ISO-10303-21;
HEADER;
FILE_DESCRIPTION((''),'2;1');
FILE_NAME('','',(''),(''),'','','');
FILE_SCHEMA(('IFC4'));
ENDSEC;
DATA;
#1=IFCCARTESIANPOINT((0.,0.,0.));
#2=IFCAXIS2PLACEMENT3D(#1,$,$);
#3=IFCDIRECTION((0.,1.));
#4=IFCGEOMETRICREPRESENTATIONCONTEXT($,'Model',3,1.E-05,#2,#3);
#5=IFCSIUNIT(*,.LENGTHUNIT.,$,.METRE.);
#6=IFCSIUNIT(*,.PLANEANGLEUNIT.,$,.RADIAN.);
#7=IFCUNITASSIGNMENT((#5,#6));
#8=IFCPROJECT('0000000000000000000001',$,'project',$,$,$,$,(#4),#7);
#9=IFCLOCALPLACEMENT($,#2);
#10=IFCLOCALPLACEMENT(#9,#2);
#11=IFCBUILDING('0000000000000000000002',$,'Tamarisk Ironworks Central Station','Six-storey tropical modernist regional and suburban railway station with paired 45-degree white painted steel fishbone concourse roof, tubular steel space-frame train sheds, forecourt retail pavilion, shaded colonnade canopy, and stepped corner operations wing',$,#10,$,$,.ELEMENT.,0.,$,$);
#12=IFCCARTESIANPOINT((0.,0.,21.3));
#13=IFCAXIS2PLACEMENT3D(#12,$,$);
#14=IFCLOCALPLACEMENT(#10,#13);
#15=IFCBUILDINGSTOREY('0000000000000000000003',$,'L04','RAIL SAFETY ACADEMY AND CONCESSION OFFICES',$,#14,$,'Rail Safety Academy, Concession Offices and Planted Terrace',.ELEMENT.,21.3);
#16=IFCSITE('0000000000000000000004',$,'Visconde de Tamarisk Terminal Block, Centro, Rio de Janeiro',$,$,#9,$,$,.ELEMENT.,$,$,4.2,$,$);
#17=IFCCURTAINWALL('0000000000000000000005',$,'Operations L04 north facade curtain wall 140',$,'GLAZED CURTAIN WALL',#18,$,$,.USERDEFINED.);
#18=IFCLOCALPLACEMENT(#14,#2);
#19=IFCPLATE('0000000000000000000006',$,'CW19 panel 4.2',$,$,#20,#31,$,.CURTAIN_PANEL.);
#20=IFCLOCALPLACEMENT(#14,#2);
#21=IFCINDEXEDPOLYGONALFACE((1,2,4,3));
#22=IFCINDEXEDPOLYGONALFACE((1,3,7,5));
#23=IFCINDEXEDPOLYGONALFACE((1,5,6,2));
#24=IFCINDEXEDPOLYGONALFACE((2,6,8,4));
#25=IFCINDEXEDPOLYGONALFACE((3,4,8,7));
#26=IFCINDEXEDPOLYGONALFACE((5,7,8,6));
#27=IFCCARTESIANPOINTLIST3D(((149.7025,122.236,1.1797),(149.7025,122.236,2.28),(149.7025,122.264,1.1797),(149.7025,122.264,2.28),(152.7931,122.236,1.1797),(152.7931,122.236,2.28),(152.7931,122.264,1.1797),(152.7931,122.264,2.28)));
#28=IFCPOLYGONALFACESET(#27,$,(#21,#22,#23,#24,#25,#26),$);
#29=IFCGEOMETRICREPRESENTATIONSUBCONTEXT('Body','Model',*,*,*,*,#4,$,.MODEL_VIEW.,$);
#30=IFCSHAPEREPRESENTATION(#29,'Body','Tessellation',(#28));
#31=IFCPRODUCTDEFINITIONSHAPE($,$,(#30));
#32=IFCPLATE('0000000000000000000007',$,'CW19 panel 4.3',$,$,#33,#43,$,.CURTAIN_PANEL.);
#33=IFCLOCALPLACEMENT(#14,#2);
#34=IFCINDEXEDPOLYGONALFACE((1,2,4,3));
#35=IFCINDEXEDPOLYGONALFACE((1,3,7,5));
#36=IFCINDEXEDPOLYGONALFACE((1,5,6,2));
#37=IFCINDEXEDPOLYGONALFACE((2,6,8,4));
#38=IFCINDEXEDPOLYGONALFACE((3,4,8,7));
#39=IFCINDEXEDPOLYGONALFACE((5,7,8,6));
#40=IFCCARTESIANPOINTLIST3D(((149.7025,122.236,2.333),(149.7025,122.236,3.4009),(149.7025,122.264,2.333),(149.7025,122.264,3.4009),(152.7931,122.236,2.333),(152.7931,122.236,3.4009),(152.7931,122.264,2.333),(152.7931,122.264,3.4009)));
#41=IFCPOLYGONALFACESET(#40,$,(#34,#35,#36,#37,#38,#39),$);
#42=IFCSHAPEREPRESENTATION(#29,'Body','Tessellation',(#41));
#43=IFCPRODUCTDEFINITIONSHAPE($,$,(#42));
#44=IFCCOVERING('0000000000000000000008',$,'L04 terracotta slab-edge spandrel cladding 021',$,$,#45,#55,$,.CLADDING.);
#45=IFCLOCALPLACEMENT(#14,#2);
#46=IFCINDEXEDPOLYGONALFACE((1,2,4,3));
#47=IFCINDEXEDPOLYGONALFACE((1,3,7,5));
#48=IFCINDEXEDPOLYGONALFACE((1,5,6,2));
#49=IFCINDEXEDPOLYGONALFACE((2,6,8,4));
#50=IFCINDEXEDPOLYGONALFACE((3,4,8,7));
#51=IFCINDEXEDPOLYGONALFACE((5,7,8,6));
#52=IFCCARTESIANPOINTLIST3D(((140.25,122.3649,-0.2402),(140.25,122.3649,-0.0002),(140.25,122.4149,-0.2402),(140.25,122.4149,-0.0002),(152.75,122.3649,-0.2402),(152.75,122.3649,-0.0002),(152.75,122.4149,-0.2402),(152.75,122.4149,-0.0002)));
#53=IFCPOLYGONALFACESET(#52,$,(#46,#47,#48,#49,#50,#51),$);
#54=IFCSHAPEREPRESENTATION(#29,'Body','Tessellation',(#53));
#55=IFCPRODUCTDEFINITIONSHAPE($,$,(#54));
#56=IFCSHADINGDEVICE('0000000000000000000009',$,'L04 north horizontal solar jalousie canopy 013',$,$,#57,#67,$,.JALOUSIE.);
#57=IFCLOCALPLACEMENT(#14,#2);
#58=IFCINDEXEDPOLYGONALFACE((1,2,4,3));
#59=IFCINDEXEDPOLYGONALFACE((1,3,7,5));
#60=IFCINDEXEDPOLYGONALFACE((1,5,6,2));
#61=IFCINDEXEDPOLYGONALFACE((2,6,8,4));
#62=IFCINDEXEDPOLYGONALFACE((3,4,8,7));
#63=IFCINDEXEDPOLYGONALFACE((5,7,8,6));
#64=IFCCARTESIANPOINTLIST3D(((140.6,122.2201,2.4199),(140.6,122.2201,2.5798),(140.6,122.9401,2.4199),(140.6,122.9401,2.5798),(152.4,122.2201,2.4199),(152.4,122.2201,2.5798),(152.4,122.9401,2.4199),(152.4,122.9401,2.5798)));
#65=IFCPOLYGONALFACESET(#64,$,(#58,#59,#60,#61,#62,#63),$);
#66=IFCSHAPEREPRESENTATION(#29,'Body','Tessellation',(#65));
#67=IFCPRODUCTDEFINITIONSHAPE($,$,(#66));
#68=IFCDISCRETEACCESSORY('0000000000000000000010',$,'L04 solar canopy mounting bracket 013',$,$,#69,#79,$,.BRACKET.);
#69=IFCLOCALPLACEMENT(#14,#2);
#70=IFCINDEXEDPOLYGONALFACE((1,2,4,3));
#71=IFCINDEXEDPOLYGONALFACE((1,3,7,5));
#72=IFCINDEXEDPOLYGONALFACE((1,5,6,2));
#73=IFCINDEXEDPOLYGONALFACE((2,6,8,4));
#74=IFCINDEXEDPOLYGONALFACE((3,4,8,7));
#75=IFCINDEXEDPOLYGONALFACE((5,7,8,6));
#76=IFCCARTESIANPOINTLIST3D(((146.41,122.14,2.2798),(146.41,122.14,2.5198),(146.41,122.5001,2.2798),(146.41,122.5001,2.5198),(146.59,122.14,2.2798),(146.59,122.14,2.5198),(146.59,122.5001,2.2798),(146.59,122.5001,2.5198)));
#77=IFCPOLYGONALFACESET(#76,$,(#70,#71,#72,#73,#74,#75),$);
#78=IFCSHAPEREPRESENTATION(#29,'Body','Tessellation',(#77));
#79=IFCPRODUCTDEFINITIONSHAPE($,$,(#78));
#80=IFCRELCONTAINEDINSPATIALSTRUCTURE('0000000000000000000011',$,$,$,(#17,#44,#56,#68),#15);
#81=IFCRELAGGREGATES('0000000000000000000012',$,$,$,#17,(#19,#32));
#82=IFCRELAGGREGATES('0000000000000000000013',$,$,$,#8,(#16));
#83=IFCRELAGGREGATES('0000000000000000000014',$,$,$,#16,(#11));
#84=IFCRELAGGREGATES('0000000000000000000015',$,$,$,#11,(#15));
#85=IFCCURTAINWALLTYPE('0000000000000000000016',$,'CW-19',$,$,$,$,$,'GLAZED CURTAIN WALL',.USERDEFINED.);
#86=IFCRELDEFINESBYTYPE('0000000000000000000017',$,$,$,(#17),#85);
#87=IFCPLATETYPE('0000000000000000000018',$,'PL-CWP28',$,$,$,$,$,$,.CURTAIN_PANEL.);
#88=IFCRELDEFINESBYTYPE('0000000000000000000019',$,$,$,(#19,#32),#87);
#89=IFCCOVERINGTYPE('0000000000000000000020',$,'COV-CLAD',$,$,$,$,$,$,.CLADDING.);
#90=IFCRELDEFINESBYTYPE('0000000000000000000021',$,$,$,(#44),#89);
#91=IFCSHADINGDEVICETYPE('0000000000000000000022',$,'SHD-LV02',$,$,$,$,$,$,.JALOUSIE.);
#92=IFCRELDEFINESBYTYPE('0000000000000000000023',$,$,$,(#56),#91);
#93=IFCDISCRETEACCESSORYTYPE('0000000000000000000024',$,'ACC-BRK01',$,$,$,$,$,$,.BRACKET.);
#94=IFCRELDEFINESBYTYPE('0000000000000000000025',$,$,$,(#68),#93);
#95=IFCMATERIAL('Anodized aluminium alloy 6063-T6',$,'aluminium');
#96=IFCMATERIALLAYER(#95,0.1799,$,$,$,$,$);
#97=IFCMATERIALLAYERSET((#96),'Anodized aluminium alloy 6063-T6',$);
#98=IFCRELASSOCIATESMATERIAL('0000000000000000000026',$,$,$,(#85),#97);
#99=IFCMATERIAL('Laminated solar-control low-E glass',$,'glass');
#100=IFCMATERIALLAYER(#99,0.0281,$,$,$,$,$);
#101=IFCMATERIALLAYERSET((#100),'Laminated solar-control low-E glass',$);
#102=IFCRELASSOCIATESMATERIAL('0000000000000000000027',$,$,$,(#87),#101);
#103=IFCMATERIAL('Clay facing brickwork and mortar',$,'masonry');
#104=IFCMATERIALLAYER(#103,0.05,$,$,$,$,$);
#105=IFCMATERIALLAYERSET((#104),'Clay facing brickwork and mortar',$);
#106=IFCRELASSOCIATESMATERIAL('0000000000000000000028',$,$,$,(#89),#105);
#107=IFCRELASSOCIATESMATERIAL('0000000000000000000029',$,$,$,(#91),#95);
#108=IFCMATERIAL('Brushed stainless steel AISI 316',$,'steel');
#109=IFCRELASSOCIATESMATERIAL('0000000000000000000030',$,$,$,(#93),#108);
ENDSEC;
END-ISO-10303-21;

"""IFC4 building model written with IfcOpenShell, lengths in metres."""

from ifc_helpers import new_model, si_unit, direction, frame, origin, origin_2d, place, context, subcontext, project, spatial, rectangle, extrude, material, layer, layer_set, type_object, element, aggregate, save


model = new_model("IFC4")

# Units and contexts
model_context = context("Model", 3, precision=1e-05, world=origin(), true_north=direction((0.0, 1.0)))
body_context = subcontext(model_context, "Body", "Model", "MODEL_VIEW")
ifc_project = project(units=[si_unit("LENGTHUNIT", "METRE"), si_unit("PLANEANGLEUNIT", "RADIAN")], contexts=[model_context])

# Site, building, storey
site_placement = place(None, origin())
site = spatial("IfcSite", under=ifc_project, at=site_placement, Name="Visconde de Tamarisk Terminal Block, Centro, Rio de Janeiro", CompositionType="ELEMENT", RefElevation=4.2)
building_placement = place(site_placement, origin())
building = spatial("IfcBuilding", under=site, at=building_placement, Name="Tamarisk Ironworks Central Station", Description="Six-storey tropical modernist regional and suburban railway station with paired 45-degree white painted steel fishbone concourse roof, tubular steel space-frame train sheds, forecourt retail pavilion, shaded colonnade canopy, and stepped corner operations wing", CompositionType="ELEMENT", ElevationOfRefHeight=0.0)
storey_placement = place(building_placement, frame((0.0, 0.0, 21.3)))
storey = spatial("IfcBuildingStorey", under=building, at=storey_placement, Name="L04", Description="RAIL SAFETY ACADEMY AND CONCESSION OFFICES", LongName="Rail Safety Academy, Concession Offices and Planted Terrace", CompositionType="ELEMENT", Elevation=21.3)

# Curtain wall, plates
ifc_material_1 = material(Name="Anodized aluminium alloy 6063-T6", Category="aluminium")
ifc_layer_1 = layer(ifc_material_1, 0.1799)
ifc_layer_set_1 = layer_set([ifc_layer_1], Name="Anodized aluminium alloy 6063-T6")
curtain_wall_type = type_object("IfcCurtainWallType", Name="CW-19", ElementType="GLAZED CURTAIN WALL", PredefinedType="USERDEFINED", material=ifc_layer_set_1)
curtain_wall_placement = place(storey_placement, origin())
curtain_wall = element("IfcCurtainWall", 1, at=curtain_wall_placement, inside=storey, type_object=curtain_wall_type, Name="Operations L04 north facade curtain wall 140", ObjectType="GLAZED CURTAIN WALL", PredefinedType="USERDEFINED")
ifc_material_2 = material(Name="Laminated solar-control low-E glass", Category="glass")
ifc_layer_2 = layer(ifc_material_2, 0.0281)
ifc_layer_set_2 = layer_set([ifc_layer_2], Name="Laminated solar-control low-E glass")
plate_type = type_object("IfcPlateType", Name="PL-CWP28", PredefinedType="CURTAIN_PANEL", material=ifc_layer_set_2)
plate_1_placement = place(storey_placement, frame((151.2478, 122.25, 1.1797), z_axis=(0.0, 0.0, 1.0), x_axis=(1.0, 0.0, 0.0)))
plate_1 = element("IfcPlate", 2, at=plate_1_placement, type_object=plate_type, Name="CW19 panel 4.2", PredefinedType="CURTAIN_PANEL", context=body_context, shape_type="SweptSolid", body=[
    extrude(rectangle(XDim=3.0906, YDim=0.0281, at=origin_2d()), origin(), (0.0, 0.0, 1.0), 1.1003),
])
plate_2_placement = place(storey_placement, frame((151.2478, 122.25, 2.333), z_axis=(0.0, 0.0, 1.0), x_axis=(1.0, 0.0, 0.0)))
plate_2 = element("IfcPlate", 3, at=plate_2_placement, type_object=plate_type, Name="CW19 panel 4.3", PredefinedType="CURTAIN_PANEL", context=body_context, shape_type="SweptSolid", body=[
    extrude(rectangle(XDim=3.0906, YDim=0.0281, at=origin_2d()), origin(), (0.0, 0.0, 1.0), 1.0679),
])
aggregate(curtain_wall, [plate_1, plate_2])

# Covering
ifc_material_3 = material(Name="Clay facing brickwork and mortar", Category="masonry")
ifc_layer_3 = layer(ifc_material_3, 0.05)
ifc_layer_set_3 = layer_set([ifc_layer_3], Name="Clay facing brickwork and mortar")
covering_type = type_object("IfcCoveringType", Name="COV-CLAD", PredefinedType="CLADDING", material=ifc_layer_set_3)
covering_placement = place(storey_placement, frame((146.5, 122.3899, -0.2402), z_axis=(0.0, 0.0, 1.0), x_axis=(1.0, 0.0, 0.0)))
element("IfcCovering", 4, at=covering_placement, inside=storey, type_object=covering_type, Name="L04 terracotta slab-edge spandrel cladding 021", PredefinedType="CLADDING", context=body_context, shape_type="SweptSolid", body=[
    extrude(rectangle(XDim=12.5, YDim=0.05, at=origin_2d()), origin(), (0.0, 0.0, 1.0), 0.24),
])

# Shading device
shading_device_type = type_object("IfcShadingDeviceType", Name="SHD-LV02", PredefinedType="JALOUSIE", material=ifc_material_1)
shading_device_placement = place(storey_placement, frame((146.5, 122.5801, 2.4199), z_axis=(0.0, 0.0, 1.0), x_axis=(1.0, 0.0, 0.0)))
element("IfcShadingDevice", 5, at=shading_device_placement, inside=storey, type_object=shading_device_type, Name="L04 north horizontal solar jalousie canopy 013", PredefinedType="JALOUSIE", context=body_context, shape_type="SweptSolid", body=[
    extrude(rectangle(XDim=11.8, YDim=0.72, at=origin_2d()), origin(), (0.0, 0.0, 1.0), 0.1599),
])

# Discrete accessory
ifc_material_4 = material(Name="Brushed stainless steel AISI 316", Category="steel")
discrete_accessory_type = type_object("IfcDiscreteAccessoryType", Name="ACC-BRK01", PredefinedType="BRACKET", material=ifc_material_4)
discrete_accessory_placement = place(storey_placement, frame((146.5, 122.3201, 2.2798), z_axis=(0.0, 0.0, 1.0), x_axis=(1.0, 0.0, 0.0)))
element("IfcDiscreteAccessory", 6, at=discrete_accessory_placement, inside=storey, type_object=discrete_accessory_type, Name="L04 solar canopy mounting bracket 013", PredefinedType="BRACKET", context=body_context, shape_type="SweptSolid", body=[
    extrude(rectangle(XDim=0.1799, YDim=0.3601, at=origin_2d()), origin(), (0.0, 0.0, 1.0), 0.24),
])

save(model, "model.ifc")
